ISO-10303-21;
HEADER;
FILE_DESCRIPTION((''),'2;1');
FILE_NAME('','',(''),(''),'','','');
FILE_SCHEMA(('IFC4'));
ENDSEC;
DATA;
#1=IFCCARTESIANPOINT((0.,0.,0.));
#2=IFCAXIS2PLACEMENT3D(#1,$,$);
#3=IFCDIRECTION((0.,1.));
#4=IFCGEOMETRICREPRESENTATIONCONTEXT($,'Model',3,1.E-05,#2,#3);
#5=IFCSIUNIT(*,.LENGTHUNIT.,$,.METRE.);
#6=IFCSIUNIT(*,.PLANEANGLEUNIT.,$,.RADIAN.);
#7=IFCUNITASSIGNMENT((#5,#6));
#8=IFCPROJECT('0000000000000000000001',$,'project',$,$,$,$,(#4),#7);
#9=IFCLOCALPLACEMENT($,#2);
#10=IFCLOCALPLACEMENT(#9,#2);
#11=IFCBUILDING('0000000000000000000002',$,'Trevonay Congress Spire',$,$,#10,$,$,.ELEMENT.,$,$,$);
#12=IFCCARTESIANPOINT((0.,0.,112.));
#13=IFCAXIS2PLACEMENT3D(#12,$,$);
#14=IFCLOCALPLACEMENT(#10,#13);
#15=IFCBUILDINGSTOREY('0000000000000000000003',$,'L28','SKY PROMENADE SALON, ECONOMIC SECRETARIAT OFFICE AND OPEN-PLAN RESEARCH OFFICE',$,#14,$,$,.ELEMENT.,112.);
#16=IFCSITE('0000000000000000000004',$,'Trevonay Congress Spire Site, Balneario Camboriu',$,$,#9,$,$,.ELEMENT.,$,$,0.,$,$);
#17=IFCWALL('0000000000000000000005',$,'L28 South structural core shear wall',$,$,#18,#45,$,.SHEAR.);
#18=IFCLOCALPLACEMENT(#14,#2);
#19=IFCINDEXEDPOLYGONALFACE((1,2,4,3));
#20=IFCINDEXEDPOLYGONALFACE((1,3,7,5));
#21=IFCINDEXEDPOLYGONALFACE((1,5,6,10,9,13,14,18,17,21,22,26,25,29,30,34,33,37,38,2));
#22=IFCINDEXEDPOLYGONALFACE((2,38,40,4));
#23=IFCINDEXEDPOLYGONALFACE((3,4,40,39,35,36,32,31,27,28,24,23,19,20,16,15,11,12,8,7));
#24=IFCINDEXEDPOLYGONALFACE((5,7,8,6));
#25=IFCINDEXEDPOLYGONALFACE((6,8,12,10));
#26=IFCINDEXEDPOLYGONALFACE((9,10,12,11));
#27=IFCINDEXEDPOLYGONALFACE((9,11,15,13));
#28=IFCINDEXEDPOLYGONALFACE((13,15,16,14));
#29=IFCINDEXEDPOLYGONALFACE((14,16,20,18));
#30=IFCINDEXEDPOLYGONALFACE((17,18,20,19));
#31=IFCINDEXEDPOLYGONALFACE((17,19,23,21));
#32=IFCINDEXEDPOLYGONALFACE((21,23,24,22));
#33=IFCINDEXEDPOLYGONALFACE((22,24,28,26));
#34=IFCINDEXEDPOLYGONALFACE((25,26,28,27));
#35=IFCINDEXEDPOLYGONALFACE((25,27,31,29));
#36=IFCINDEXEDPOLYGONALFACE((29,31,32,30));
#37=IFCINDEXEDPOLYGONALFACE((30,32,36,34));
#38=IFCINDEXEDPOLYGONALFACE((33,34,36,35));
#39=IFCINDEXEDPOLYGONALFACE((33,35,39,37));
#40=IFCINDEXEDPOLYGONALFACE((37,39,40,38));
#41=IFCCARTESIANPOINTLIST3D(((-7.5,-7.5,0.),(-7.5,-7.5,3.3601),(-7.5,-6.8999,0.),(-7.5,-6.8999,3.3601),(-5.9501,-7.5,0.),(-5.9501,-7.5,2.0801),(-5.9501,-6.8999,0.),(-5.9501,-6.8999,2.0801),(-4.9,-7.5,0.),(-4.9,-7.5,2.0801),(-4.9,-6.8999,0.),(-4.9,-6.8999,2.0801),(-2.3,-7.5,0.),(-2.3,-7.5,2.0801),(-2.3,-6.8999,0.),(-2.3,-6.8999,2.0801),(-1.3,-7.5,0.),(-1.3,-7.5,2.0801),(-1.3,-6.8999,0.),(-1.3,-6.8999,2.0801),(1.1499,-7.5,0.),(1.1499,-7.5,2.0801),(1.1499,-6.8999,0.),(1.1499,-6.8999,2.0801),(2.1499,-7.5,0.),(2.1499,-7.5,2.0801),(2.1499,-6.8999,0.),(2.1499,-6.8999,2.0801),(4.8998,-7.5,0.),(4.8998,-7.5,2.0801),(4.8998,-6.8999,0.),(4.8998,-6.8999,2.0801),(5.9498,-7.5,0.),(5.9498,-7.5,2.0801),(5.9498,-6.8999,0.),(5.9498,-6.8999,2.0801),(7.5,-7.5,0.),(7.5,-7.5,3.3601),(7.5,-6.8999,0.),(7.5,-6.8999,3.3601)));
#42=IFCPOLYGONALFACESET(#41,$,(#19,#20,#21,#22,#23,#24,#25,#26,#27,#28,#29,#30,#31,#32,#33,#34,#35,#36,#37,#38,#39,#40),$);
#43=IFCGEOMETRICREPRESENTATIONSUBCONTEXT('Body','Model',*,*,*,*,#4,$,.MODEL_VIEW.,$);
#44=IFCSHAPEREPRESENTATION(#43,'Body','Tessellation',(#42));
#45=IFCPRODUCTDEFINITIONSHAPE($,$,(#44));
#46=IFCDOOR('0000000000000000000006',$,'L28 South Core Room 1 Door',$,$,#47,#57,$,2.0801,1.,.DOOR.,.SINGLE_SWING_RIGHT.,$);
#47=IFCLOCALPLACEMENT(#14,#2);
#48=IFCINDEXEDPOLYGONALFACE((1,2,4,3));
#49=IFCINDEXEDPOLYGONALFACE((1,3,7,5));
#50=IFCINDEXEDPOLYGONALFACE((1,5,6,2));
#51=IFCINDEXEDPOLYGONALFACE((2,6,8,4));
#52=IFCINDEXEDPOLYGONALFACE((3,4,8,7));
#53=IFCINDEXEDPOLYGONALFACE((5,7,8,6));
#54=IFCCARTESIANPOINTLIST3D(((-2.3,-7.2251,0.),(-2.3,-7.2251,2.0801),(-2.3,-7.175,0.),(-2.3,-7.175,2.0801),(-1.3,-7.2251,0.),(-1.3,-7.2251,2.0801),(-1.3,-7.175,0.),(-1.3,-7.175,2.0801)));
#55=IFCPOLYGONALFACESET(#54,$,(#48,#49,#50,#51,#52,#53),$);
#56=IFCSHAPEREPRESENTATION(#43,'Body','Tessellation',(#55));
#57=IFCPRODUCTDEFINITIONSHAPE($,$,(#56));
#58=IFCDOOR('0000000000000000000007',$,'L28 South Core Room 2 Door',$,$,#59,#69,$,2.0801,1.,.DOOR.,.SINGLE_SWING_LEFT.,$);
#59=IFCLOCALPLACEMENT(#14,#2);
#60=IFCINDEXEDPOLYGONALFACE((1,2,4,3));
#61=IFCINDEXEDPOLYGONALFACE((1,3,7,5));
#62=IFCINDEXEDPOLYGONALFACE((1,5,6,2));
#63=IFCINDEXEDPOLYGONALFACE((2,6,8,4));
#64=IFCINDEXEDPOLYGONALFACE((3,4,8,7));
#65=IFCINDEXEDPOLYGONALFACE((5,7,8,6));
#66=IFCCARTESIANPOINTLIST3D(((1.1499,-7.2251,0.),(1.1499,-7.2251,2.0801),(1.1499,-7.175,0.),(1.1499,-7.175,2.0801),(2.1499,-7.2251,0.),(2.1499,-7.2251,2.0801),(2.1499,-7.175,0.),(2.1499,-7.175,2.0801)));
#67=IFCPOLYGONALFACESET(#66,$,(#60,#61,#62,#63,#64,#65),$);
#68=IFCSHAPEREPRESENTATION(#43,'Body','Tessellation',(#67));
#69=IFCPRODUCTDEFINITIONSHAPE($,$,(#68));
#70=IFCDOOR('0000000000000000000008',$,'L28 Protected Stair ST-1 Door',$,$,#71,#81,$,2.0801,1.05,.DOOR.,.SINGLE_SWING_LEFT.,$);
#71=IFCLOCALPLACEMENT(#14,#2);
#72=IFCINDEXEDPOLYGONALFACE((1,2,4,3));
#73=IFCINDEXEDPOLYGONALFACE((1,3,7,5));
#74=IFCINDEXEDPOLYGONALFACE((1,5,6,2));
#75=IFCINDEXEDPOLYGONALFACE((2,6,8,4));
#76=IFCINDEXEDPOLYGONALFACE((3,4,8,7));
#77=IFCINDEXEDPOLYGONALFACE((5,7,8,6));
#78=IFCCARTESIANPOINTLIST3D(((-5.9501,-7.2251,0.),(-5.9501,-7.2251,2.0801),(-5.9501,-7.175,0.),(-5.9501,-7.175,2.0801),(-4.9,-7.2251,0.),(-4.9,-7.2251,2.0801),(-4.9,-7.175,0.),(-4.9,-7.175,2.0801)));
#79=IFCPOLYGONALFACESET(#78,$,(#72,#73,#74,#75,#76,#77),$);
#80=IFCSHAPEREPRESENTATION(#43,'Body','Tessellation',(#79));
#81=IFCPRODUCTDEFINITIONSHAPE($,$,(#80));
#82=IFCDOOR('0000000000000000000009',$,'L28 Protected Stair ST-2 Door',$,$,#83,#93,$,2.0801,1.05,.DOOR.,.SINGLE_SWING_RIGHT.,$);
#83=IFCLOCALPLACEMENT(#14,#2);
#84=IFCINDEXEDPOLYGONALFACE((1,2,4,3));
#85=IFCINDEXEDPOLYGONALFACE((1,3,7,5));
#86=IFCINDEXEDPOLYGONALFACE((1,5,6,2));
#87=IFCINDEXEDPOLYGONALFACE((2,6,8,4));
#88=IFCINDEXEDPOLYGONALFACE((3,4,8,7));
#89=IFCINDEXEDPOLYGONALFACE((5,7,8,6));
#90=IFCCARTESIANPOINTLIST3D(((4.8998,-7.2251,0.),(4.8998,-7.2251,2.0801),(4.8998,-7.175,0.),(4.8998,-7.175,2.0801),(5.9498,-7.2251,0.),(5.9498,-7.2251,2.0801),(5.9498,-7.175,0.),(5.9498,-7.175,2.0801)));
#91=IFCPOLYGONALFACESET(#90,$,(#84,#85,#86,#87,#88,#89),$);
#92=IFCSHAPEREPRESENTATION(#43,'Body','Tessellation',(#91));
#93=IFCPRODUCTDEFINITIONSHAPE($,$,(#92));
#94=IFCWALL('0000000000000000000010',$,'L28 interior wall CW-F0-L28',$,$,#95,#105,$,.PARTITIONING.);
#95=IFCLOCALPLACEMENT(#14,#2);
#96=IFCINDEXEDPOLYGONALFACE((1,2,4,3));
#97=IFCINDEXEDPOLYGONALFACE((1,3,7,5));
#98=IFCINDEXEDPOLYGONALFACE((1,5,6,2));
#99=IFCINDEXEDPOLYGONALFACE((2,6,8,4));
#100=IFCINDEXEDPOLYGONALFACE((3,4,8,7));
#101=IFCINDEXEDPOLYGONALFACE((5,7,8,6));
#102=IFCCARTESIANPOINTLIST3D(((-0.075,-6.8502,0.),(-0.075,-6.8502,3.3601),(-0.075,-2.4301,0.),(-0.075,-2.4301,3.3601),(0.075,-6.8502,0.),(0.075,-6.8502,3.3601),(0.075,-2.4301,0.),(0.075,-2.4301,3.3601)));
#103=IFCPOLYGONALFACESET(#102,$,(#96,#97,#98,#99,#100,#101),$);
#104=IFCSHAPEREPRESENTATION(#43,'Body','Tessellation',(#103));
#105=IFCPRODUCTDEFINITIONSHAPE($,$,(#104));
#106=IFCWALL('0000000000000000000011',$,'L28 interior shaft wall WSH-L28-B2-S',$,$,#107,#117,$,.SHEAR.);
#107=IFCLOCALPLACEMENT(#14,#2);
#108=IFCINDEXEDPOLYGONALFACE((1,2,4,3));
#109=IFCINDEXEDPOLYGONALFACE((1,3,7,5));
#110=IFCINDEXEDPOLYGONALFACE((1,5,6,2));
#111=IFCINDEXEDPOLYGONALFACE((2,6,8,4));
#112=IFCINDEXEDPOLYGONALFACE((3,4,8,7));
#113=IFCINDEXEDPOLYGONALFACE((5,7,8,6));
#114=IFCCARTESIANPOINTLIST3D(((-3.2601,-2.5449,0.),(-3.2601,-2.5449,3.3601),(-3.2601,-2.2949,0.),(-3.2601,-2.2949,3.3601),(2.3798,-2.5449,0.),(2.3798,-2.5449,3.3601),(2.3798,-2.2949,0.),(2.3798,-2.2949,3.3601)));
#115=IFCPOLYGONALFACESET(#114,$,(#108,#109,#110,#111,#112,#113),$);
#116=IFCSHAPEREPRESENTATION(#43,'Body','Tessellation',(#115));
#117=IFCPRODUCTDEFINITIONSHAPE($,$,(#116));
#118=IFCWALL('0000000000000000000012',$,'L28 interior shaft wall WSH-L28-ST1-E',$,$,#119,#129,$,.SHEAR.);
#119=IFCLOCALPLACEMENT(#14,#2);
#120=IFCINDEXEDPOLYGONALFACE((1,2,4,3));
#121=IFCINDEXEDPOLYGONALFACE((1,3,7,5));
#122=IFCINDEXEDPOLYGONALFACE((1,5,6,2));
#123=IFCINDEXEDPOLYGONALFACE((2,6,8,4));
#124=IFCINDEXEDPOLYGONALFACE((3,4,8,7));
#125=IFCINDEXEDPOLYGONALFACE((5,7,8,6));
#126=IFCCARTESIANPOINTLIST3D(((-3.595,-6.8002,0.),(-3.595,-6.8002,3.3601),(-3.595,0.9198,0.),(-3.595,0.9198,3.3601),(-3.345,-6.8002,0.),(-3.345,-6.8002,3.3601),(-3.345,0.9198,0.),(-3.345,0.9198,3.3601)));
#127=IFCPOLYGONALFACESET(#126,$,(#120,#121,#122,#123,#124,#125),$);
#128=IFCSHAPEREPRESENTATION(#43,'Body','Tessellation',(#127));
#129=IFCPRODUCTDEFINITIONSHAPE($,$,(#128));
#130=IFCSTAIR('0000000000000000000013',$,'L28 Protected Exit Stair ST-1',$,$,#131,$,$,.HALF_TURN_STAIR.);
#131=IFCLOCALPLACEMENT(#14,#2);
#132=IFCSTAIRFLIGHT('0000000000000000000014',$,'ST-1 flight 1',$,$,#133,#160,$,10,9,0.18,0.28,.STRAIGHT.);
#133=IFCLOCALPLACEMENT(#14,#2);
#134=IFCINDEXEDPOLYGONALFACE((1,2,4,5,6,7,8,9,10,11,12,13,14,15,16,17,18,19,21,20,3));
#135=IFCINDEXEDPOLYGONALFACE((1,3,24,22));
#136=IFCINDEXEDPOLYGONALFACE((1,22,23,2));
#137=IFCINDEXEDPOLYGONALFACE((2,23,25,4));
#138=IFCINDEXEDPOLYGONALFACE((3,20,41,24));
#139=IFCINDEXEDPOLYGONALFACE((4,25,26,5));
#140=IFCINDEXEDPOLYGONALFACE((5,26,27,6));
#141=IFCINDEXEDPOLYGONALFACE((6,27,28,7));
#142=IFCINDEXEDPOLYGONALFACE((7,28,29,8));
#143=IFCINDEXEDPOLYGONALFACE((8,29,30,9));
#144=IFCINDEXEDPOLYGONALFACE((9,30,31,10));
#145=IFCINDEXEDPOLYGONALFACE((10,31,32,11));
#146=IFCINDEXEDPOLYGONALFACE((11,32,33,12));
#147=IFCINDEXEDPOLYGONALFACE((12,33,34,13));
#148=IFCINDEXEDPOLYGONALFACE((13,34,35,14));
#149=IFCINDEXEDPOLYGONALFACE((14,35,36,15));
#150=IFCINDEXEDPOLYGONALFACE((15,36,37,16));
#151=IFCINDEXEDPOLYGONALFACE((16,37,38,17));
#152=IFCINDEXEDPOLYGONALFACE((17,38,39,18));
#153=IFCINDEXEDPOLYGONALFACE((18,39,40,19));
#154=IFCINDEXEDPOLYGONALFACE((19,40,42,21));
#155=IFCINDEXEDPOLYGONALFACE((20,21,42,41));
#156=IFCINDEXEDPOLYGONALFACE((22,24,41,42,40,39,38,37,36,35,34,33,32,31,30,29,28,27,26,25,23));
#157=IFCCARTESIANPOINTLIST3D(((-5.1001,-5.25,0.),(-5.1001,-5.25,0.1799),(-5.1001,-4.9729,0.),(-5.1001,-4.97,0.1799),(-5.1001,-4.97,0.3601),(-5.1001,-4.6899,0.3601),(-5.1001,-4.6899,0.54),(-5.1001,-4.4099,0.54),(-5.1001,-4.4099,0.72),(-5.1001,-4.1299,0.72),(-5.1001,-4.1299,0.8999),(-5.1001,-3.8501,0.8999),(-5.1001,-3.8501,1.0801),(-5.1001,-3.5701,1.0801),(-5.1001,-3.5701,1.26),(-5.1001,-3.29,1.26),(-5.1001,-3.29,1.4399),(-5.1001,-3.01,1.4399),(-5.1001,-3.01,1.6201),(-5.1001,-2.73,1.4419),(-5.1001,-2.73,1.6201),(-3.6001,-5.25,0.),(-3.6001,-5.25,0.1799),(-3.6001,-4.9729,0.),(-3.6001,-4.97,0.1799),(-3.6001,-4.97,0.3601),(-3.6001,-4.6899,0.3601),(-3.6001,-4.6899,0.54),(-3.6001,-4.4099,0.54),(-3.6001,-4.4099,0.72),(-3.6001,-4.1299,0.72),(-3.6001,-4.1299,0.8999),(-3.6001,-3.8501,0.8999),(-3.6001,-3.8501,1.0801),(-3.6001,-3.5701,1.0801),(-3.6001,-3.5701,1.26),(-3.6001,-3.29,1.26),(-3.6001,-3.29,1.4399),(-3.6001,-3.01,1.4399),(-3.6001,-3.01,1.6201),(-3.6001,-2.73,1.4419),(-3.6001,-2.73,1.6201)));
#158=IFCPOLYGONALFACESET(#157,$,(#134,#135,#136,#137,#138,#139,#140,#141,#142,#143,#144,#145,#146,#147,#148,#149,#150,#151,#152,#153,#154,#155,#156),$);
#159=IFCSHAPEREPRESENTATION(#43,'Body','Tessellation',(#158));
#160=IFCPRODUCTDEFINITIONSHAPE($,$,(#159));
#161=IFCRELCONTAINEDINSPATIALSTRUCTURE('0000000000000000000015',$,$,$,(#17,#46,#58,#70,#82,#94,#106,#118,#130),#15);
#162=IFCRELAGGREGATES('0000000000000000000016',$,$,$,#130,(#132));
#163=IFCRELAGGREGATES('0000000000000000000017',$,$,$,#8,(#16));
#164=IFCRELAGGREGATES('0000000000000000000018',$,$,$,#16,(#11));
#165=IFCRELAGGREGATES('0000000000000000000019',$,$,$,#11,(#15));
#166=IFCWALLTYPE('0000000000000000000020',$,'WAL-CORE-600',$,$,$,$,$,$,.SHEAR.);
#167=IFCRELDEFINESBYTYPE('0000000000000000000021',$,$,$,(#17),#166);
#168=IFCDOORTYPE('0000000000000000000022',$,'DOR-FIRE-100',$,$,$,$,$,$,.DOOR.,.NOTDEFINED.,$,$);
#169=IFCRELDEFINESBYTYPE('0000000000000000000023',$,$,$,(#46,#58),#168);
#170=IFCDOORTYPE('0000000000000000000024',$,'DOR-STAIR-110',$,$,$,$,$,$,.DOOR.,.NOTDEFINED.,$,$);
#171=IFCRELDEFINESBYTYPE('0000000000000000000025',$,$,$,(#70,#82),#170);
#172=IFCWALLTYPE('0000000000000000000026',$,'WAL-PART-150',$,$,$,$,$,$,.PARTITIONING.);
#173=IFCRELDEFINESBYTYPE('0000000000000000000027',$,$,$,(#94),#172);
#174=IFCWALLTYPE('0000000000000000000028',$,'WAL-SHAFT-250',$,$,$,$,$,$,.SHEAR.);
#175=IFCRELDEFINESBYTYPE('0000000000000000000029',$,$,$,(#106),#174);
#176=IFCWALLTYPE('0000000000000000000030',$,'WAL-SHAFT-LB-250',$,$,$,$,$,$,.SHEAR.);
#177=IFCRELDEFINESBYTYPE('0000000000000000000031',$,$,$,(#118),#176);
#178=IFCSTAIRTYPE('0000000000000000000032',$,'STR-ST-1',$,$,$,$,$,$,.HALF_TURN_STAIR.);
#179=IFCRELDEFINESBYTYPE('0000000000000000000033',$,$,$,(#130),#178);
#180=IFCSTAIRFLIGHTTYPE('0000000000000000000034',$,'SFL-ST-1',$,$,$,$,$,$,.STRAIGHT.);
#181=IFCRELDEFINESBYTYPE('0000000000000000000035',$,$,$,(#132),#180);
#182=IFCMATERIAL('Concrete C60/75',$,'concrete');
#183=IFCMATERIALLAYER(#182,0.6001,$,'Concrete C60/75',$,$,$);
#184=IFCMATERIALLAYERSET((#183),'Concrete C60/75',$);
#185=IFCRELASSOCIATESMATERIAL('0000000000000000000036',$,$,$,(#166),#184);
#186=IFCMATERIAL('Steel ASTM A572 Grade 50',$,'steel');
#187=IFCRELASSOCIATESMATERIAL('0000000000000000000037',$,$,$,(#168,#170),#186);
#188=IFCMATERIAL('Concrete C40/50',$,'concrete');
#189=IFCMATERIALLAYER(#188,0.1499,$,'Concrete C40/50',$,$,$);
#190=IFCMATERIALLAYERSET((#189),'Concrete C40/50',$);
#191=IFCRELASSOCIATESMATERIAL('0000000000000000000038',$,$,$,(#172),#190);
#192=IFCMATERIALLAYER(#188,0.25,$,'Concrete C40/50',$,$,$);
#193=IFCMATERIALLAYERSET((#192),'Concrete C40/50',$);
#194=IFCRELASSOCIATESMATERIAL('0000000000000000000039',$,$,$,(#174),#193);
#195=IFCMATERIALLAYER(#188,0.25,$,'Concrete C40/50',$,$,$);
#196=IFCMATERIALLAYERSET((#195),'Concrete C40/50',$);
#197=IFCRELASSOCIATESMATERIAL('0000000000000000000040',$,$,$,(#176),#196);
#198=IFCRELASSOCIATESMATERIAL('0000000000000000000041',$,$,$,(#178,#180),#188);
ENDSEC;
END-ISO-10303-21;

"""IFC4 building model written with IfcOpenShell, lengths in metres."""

from ifc_helpers import new_model, si_unit, direction, frame, frame_2d, origin, place, context, subcontext, project, spatial, polyline, rectangle, outline, extrude, material, layer, layer_set, type_object, element, fill, aggregate, save


model = new_model("IFC4")

# Units and contexts
model_context = context("Model", 3, precision=1e-05, world=origin(), true_north=direction((0.0, 1.0)))
body_context = subcontext(model_context, "Body", "Model", "MODEL_VIEW")
ifc_project = project(units=[si_unit("LENGTHUNIT", "METRE"), si_unit("PLANEANGLEUNIT", "RADIAN")], contexts=[model_context])

# Site, building, storey
site_placement = place(None, origin())
site = spatial("IfcSite", under=ifc_project, at=site_placement, Name="Trevonay Congress Spire Site, Balneario Camboriu", CompositionType="ELEMENT", RefElevation=0.0)
building_placement = place(site_placement, origin())
building = spatial("IfcBuilding", under=site, at=building_placement, Name="Trevonay Congress Spire", CompositionType="ELEMENT")
storey_placement = place(building_placement, frame((0.0, 0.0, 112.0)))
storey = spatial("IfcBuildingStorey", under=building, at=storey_placement, Name="L28", Description="SKY PROMENADE SALON, ECONOMIC SECRETARIAT OFFICE AND OPEN-PLAN RESEARCH OFFICE", CompositionType="ELEMENT", Elevation=112.0)

# Shared definitions
ifc_material_1 = material(Name="Steel ASTM A572 Grade 50", Category="steel")

# Shared definitions
ifc_material_2 = material(Name="Concrete C40/50", Category="concrete")

# Wall, openings, doors
ifc_material_3 = material(Name="Concrete C60/75", Category="concrete")
ifc_layer_1 = layer(ifc_material_3, 0.6001, Name="Concrete C60/75")
ifc_layer_set_1 = layer_set([ifc_layer_1], Name="Concrete C60/75")
wall_type_1 = type_object("IfcWallType", Name="WAL-CORE-600", PredefinedType="SHEAR", material=ifc_layer_set_1)
wall_1_placement = place(storey_placement, frame((-7.5, -7.2, 0.0), z_axis=(0.0, 0.0, 1.0), x_axis=(1.0, 0.0, 0.0)))
wall_1 = element("IfcWall", 1, at=wall_1_placement, inside=storey, type_object=wall_type_1, Name="L28 South structural core shear wall", PredefinedType="SHEAR", context=body_context, shape_type="SweptSolid", body=[
    extrude(rectangle(XDim=15.0, YDim=0.6001, at=frame_2d((7.5, 0.0))), origin(), (0.0, 0.0, 1.0), 3.3601),
])
opening_1_placement = place(wall_1_placement, frame((1.55, 0.0, 0.0)))
opening_1 = element("IfcOpeningElement", 2, at=opening_1_placement, cuts=wall_1, PredefinedType="OPENING", context=body_context, shape_type="SweptSolid", body=[
    extrude(rectangle(XDim=1.05, YDim=2.0801, at=frame_2d((0.5249, 1.04))), frame((0.0, 0.3101, 0.0), z_axis=(0.0, -1.0, 0.0), x_axis=(1.0, 0.0, 0.0)), (0.0, 0.0, 1.0), 0.6201),
])
opening_2_placement = place(wall_1_placement, frame((12.3999, 0.0, 0.0)))
opening_2 = element("IfcOpeningElement", 3, at=opening_2_placement, cuts=wall_1, PredefinedType="OPENING", context=body_context, shape_type="SweptSolid", body=[
    extrude(rectangle(XDim=1.05, YDim=2.0801, at=frame_2d((0.5249, 1.04))), frame((0.0, 0.3101, 0.0), z_axis=(0.0, -1.0, 0.0), x_axis=(1.0, 0.0, 0.0)), (0.0, 0.0, 1.0), 0.6201),
])
opening_3_placement = place(wall_1_placement, frame((5.2, 0.0, 0.0)))
opening_3 = element("IfcOpeningElement", 4, at=opening_3_placement, cuts=wall_1, PredefinedType="OPENING", context=body_context, shape_type="SweptSolid", body=[
    extrude(rectangle(XDim=1.0, YDim=2.0801, at=frame_2d((0.5, 1.04))), frame((0.0, 0.3101, 0.0), z_axis=(0.0, -1.0, 0.0), x_axis=(1.0, 0.0, 0.0)), (0.0, 0.0, 1.0), 0.6201),
])
opening_4_placement = place(wall_1_placement, frame((8.6499, 0.0, 0.0)))
opening_4 = element("IfcOpeningElement", 5, at=opening_4_placement, cuts=wall_1, PredefinedType="OPENING", context=body_context, shape_type="SweptSolid", body=[
    extrude(rectangle(XDim=1.0, YDim=2.0801, at=frame_2d((0.5, 1.04))), frame((0.0, 0.3101, 0.0), z_axis=(0.0, -1.0, 0.0), x_axis=(1.0, 0.0, 0.0)), (0.0, 0.0, 1.0), 0.6201),
])
door_type_1 = type_object("IfcDoorType", Name="DOR-FIRE-100", OperationType="NOTDEFINED", PredefinedType="DOOR", material=ifc_material_1)
door_1_placement = place(opening_3_placement, origin())
door_1 = element("IfcDoor", 6, at=door_1_placement, inside=storey, type_object=door_type_1, Name="L28 South Core Room 1 Door", OperationType="SINGLE_SWING_RIGHT", OverallHeight=2.0801, OverallWidth=1.0, PredefinedType="DOOR", context=body_context, shape_type="SweptSolid", body=[
    extrude(rectangle(XDim=1.0, YDim=2.0801, at=frame_2d((0.5, 1.04))), frame((0.0, 0.0249, 0.0), z_axis=(0.0, -1.0, 0.0), x_axis=(1.0, 0.0, 0.0)), (0.0, 0.0, 1.0), 0.05),
])
fill(opening_3, door_1)
door_2_placement = place(opening_4_placement, origin())
door_2 = element("IfcDoor", 7, at=door_2_placement, inside=storey, type_object=door_type_1, Name="L28 South Core Room 2 Door", OperationType="SINGLE_SWING_LEFT", OverallHeight=2.0801, OverallWidth=1.0, PredefinedType="DOOR", context=body_context, shape_type="SweptSolid", body=[
    extrude(rectangle(XDim=1.0, YDim=2.0801, at=frame_2d((0.5, 1.04))), frame((0.0, 0.0249, 0.0), z_axis=(0.0, -1.0, 0.0), x_axis=(1.0, 0.0, 0.0)), (0.0, 0.0, 1.0), 0.05),
])
fill(opening_4, door_2)
door_type_2 = type_object("IfcDoorType", Name="DOR-STAIR-110", OperationType="NOTDEFINED", PredefinedType="DOOR", material=ifc_material_1)
door_3_placement = place(opening_1_placement, origin())
door_3 = element("IfcDoor", 8, at=door_3_placement, inside=storey, type_object=door_type_2, Name="L28 Protected Stair ST-1 Door", OperationType="SINGLE_SWING_LEFT", OverallHeight=2.0801, OverallWidth=1.05, PredefinedType="DOOR", context=body_context, shape_type="SweptSolid", body=[
    extrude(rectangle(XDim=1.05, YDim=2.0801, at=frame_2d((0.5249, 1.04))), frame((0.0, 0.0249, 0.0), z_axis=(0.0, -1.0, 0.0), x_axis=(1.0, 0.0, 0.0)), (0.0, 0.0, 1.0), 0.05),
])
fill(opening_1, door_3)
door_4_placement = place(opening_2_placement, origin())
door_4 = element("IfcDoor", 9, at=door_4_placement, inside=storey, type_object=door_type_2, Name="L28 Protected Stair ST-2 Door", OperationType="SINGLE_SWING_RIGHT", OverallHeight=2.0801, OverallWidth=1.05, PredefinedType="DOOR", context=body_context, shape_type="SweptSolid", body=[
    extrude(rectangle(XDim=1.05, YDim=2.0801, at=frame_2d((0.5249, 1.04))), frame((0.0, 0.0249, 0.0), z_axis=(0.0, -1.0, 0.0), x_axis=(1.0, 0.0, 0.0)), (0.0, 0.0, 1.0), 0.05),
])
fill(opening_2, door_4)

# Walls
ifc_layer_2 = layer(ifc_material_2, 0.1499, Name="Concrete C40/50")
ifc_layer_set_2 = layer_set([ifc_layer_2], Name="Concrete C40/50")
wall_type_2 = type_object("IfcWallType", Name="WAL-PART-150", PredefinedType="PARTITIONING", material=ifc_layer_set_2)
wall_2_placement = place(storey_placement, frame((0.0, -6.8501, 0.0), z_axis=(0.0, 0.0, 1.0), x_axis=(0.0, 1.0, 0.0)))
element("IfcWall", 10, at=wall_2_placement, inside=storey, type_object=wall_type_2, Name="L28 interior wall CW-F0-L28", PredefinedType="PARTITIONING", context=body_context, shape_type="SweptSolid", body=[
    extrude(rectangle(XDim=4.4202, YDim=0.1499, at=frame_2d((2.21, 0.0))), origin(), (0.0, 0.0, 1.0), 3.3601),
])
ifc_layer_3 = layer(ifc_material_2, 0.25, Name="Concrete C40/50")
ifc_layer_set_3 = layer_set([ifc_layer_3], Name="Concrete C40/50")
wall_type_3 = type_object("IfcWallType", Name="WAL-SHAFT-250", PredefinedType="SHEAR", material=ifc_layer_set_3)
wall_3_placement = place(storey_placement, frame((-3.26, -2.4199, 0.0), z_axis=(0.0, 0.0, 1.0), x_axis=(1.0, 0.0, 0.0)))
element("IfcWall", 11, at=wall_3_placement, inside=storey, type_object=wall_type_3, Name="L28 interior shaft wall WSH-L28-B2-S", PredefinedType="SHEAR", context=body_context, shape_type="SweptSolid", body=[
    extrude(rectangle(XDim=5.6399, YDim=0.25, at=frame_2d((2.8198, 0.0))), origin(), (0.0, 0.0, 1.0), 3.3601),
])
ifc_layer_4 = layer(ifc_material_2, 0.25, Name="Concrete C40/50")
ifc_layer_set_4 = layer_set([ifc_layer_4], Name="Concrete C40/50")
wall_type_4 = type_object("IfcWallType", Name="WAL-SHAFT-LB-250", PredefinedType="SHEAR", material=ifc_layer_set_4)
wall_4_placement = place(storey_placement, frame((-3.47, -6.8, 0.0), z_axis=(0.0, 0.0, 1.0), x_axis=(0.0, 1.0, 0.0)))
element("IfcWall", 12, at=wall_4_placement, inside=storey, type_object=wall_type_4, Name="L28 interior shaft wall WSH-L28-ST1-E", PredefinedType="SHEAR", context=body_context, shape_type="SweptSolid", body=[
    extrude(rectangle(XDim=7.72, YDim=0.25, at=frame_2d((3.8599, 0.0))), origin(), (0.0, 0.0, 1.0), 3.3601),
])

# Stair, stair flight
stair_type = type_object("IfcStairType", Name="STR-ST-1", PredefinedType="HALF_TURN_STAIR", material=ifc_material_2)
stair_placement = place(storey_placement, origin())
stair = element("IfcStair", 13, at=stair_placement, inside=storey, type_object=stair_type, Name="L28 Protected Exit Stair ST-1", PredefinedType="HALF_TURN_STAIR")
stair_flight_type = type_object("IfcStairFlightType", Name="SFL-ST-1", PredefinedType="STRAIGHT", material=ifc_material_2)
stair_flight_1_placement = place(storey_placement, frame((-4.3501, -5.25, 0.0), z_axis=(0.0, 0.0, 1.0), x_axis=(0.0, 1.0, 0.0)))
stair_flight_1 = element("IfcStairFlight", 14, at=stair_flight_1_placement, type_object=stair_flight_type, Name="ST-1 flight 1", NumberOfRisers=10, NumberOfTreads=9, PredefinedType="STRAIGHT", RiserHeight=0.18, TreadLength=0.28, context=body_context, shape_type="SweptSolid", body=[
    extrude(outline(polyline([(0.0, 0.0), (0.0, 0.1799), (0.28, 0.1799), (0.28, 0.3601), (0.5601, 0.3601), (0.5601, 0.54), (0.8401, 0.54), (0.8401, 0.72), (1.1201, 0.72), (1.1201, 0.8999), (1.3999, 0.8999), (1.3999, 1.0801), (1.6799, 1.0801), (1.6799, 1.26), (1.96, 1.26), (1.96, 1.4399), (2.24, 1.4399), (2.24, 1.6201), (2.52, 1.6201), (2.52, 1.8), (2.52, 1.4419), (0.2771, 0.0), (0.0, 0.0)])), frame((0.0, 0.75, 0.0), z_axis=(0.0, -1.0, 0.0), x_axis=(1.0, 0.0, 0.0)), (0.0, 0.0, 1.0), 1.5),
])
aggregate(stair, [stair_flight_1])

save(model, "model.ifc")
